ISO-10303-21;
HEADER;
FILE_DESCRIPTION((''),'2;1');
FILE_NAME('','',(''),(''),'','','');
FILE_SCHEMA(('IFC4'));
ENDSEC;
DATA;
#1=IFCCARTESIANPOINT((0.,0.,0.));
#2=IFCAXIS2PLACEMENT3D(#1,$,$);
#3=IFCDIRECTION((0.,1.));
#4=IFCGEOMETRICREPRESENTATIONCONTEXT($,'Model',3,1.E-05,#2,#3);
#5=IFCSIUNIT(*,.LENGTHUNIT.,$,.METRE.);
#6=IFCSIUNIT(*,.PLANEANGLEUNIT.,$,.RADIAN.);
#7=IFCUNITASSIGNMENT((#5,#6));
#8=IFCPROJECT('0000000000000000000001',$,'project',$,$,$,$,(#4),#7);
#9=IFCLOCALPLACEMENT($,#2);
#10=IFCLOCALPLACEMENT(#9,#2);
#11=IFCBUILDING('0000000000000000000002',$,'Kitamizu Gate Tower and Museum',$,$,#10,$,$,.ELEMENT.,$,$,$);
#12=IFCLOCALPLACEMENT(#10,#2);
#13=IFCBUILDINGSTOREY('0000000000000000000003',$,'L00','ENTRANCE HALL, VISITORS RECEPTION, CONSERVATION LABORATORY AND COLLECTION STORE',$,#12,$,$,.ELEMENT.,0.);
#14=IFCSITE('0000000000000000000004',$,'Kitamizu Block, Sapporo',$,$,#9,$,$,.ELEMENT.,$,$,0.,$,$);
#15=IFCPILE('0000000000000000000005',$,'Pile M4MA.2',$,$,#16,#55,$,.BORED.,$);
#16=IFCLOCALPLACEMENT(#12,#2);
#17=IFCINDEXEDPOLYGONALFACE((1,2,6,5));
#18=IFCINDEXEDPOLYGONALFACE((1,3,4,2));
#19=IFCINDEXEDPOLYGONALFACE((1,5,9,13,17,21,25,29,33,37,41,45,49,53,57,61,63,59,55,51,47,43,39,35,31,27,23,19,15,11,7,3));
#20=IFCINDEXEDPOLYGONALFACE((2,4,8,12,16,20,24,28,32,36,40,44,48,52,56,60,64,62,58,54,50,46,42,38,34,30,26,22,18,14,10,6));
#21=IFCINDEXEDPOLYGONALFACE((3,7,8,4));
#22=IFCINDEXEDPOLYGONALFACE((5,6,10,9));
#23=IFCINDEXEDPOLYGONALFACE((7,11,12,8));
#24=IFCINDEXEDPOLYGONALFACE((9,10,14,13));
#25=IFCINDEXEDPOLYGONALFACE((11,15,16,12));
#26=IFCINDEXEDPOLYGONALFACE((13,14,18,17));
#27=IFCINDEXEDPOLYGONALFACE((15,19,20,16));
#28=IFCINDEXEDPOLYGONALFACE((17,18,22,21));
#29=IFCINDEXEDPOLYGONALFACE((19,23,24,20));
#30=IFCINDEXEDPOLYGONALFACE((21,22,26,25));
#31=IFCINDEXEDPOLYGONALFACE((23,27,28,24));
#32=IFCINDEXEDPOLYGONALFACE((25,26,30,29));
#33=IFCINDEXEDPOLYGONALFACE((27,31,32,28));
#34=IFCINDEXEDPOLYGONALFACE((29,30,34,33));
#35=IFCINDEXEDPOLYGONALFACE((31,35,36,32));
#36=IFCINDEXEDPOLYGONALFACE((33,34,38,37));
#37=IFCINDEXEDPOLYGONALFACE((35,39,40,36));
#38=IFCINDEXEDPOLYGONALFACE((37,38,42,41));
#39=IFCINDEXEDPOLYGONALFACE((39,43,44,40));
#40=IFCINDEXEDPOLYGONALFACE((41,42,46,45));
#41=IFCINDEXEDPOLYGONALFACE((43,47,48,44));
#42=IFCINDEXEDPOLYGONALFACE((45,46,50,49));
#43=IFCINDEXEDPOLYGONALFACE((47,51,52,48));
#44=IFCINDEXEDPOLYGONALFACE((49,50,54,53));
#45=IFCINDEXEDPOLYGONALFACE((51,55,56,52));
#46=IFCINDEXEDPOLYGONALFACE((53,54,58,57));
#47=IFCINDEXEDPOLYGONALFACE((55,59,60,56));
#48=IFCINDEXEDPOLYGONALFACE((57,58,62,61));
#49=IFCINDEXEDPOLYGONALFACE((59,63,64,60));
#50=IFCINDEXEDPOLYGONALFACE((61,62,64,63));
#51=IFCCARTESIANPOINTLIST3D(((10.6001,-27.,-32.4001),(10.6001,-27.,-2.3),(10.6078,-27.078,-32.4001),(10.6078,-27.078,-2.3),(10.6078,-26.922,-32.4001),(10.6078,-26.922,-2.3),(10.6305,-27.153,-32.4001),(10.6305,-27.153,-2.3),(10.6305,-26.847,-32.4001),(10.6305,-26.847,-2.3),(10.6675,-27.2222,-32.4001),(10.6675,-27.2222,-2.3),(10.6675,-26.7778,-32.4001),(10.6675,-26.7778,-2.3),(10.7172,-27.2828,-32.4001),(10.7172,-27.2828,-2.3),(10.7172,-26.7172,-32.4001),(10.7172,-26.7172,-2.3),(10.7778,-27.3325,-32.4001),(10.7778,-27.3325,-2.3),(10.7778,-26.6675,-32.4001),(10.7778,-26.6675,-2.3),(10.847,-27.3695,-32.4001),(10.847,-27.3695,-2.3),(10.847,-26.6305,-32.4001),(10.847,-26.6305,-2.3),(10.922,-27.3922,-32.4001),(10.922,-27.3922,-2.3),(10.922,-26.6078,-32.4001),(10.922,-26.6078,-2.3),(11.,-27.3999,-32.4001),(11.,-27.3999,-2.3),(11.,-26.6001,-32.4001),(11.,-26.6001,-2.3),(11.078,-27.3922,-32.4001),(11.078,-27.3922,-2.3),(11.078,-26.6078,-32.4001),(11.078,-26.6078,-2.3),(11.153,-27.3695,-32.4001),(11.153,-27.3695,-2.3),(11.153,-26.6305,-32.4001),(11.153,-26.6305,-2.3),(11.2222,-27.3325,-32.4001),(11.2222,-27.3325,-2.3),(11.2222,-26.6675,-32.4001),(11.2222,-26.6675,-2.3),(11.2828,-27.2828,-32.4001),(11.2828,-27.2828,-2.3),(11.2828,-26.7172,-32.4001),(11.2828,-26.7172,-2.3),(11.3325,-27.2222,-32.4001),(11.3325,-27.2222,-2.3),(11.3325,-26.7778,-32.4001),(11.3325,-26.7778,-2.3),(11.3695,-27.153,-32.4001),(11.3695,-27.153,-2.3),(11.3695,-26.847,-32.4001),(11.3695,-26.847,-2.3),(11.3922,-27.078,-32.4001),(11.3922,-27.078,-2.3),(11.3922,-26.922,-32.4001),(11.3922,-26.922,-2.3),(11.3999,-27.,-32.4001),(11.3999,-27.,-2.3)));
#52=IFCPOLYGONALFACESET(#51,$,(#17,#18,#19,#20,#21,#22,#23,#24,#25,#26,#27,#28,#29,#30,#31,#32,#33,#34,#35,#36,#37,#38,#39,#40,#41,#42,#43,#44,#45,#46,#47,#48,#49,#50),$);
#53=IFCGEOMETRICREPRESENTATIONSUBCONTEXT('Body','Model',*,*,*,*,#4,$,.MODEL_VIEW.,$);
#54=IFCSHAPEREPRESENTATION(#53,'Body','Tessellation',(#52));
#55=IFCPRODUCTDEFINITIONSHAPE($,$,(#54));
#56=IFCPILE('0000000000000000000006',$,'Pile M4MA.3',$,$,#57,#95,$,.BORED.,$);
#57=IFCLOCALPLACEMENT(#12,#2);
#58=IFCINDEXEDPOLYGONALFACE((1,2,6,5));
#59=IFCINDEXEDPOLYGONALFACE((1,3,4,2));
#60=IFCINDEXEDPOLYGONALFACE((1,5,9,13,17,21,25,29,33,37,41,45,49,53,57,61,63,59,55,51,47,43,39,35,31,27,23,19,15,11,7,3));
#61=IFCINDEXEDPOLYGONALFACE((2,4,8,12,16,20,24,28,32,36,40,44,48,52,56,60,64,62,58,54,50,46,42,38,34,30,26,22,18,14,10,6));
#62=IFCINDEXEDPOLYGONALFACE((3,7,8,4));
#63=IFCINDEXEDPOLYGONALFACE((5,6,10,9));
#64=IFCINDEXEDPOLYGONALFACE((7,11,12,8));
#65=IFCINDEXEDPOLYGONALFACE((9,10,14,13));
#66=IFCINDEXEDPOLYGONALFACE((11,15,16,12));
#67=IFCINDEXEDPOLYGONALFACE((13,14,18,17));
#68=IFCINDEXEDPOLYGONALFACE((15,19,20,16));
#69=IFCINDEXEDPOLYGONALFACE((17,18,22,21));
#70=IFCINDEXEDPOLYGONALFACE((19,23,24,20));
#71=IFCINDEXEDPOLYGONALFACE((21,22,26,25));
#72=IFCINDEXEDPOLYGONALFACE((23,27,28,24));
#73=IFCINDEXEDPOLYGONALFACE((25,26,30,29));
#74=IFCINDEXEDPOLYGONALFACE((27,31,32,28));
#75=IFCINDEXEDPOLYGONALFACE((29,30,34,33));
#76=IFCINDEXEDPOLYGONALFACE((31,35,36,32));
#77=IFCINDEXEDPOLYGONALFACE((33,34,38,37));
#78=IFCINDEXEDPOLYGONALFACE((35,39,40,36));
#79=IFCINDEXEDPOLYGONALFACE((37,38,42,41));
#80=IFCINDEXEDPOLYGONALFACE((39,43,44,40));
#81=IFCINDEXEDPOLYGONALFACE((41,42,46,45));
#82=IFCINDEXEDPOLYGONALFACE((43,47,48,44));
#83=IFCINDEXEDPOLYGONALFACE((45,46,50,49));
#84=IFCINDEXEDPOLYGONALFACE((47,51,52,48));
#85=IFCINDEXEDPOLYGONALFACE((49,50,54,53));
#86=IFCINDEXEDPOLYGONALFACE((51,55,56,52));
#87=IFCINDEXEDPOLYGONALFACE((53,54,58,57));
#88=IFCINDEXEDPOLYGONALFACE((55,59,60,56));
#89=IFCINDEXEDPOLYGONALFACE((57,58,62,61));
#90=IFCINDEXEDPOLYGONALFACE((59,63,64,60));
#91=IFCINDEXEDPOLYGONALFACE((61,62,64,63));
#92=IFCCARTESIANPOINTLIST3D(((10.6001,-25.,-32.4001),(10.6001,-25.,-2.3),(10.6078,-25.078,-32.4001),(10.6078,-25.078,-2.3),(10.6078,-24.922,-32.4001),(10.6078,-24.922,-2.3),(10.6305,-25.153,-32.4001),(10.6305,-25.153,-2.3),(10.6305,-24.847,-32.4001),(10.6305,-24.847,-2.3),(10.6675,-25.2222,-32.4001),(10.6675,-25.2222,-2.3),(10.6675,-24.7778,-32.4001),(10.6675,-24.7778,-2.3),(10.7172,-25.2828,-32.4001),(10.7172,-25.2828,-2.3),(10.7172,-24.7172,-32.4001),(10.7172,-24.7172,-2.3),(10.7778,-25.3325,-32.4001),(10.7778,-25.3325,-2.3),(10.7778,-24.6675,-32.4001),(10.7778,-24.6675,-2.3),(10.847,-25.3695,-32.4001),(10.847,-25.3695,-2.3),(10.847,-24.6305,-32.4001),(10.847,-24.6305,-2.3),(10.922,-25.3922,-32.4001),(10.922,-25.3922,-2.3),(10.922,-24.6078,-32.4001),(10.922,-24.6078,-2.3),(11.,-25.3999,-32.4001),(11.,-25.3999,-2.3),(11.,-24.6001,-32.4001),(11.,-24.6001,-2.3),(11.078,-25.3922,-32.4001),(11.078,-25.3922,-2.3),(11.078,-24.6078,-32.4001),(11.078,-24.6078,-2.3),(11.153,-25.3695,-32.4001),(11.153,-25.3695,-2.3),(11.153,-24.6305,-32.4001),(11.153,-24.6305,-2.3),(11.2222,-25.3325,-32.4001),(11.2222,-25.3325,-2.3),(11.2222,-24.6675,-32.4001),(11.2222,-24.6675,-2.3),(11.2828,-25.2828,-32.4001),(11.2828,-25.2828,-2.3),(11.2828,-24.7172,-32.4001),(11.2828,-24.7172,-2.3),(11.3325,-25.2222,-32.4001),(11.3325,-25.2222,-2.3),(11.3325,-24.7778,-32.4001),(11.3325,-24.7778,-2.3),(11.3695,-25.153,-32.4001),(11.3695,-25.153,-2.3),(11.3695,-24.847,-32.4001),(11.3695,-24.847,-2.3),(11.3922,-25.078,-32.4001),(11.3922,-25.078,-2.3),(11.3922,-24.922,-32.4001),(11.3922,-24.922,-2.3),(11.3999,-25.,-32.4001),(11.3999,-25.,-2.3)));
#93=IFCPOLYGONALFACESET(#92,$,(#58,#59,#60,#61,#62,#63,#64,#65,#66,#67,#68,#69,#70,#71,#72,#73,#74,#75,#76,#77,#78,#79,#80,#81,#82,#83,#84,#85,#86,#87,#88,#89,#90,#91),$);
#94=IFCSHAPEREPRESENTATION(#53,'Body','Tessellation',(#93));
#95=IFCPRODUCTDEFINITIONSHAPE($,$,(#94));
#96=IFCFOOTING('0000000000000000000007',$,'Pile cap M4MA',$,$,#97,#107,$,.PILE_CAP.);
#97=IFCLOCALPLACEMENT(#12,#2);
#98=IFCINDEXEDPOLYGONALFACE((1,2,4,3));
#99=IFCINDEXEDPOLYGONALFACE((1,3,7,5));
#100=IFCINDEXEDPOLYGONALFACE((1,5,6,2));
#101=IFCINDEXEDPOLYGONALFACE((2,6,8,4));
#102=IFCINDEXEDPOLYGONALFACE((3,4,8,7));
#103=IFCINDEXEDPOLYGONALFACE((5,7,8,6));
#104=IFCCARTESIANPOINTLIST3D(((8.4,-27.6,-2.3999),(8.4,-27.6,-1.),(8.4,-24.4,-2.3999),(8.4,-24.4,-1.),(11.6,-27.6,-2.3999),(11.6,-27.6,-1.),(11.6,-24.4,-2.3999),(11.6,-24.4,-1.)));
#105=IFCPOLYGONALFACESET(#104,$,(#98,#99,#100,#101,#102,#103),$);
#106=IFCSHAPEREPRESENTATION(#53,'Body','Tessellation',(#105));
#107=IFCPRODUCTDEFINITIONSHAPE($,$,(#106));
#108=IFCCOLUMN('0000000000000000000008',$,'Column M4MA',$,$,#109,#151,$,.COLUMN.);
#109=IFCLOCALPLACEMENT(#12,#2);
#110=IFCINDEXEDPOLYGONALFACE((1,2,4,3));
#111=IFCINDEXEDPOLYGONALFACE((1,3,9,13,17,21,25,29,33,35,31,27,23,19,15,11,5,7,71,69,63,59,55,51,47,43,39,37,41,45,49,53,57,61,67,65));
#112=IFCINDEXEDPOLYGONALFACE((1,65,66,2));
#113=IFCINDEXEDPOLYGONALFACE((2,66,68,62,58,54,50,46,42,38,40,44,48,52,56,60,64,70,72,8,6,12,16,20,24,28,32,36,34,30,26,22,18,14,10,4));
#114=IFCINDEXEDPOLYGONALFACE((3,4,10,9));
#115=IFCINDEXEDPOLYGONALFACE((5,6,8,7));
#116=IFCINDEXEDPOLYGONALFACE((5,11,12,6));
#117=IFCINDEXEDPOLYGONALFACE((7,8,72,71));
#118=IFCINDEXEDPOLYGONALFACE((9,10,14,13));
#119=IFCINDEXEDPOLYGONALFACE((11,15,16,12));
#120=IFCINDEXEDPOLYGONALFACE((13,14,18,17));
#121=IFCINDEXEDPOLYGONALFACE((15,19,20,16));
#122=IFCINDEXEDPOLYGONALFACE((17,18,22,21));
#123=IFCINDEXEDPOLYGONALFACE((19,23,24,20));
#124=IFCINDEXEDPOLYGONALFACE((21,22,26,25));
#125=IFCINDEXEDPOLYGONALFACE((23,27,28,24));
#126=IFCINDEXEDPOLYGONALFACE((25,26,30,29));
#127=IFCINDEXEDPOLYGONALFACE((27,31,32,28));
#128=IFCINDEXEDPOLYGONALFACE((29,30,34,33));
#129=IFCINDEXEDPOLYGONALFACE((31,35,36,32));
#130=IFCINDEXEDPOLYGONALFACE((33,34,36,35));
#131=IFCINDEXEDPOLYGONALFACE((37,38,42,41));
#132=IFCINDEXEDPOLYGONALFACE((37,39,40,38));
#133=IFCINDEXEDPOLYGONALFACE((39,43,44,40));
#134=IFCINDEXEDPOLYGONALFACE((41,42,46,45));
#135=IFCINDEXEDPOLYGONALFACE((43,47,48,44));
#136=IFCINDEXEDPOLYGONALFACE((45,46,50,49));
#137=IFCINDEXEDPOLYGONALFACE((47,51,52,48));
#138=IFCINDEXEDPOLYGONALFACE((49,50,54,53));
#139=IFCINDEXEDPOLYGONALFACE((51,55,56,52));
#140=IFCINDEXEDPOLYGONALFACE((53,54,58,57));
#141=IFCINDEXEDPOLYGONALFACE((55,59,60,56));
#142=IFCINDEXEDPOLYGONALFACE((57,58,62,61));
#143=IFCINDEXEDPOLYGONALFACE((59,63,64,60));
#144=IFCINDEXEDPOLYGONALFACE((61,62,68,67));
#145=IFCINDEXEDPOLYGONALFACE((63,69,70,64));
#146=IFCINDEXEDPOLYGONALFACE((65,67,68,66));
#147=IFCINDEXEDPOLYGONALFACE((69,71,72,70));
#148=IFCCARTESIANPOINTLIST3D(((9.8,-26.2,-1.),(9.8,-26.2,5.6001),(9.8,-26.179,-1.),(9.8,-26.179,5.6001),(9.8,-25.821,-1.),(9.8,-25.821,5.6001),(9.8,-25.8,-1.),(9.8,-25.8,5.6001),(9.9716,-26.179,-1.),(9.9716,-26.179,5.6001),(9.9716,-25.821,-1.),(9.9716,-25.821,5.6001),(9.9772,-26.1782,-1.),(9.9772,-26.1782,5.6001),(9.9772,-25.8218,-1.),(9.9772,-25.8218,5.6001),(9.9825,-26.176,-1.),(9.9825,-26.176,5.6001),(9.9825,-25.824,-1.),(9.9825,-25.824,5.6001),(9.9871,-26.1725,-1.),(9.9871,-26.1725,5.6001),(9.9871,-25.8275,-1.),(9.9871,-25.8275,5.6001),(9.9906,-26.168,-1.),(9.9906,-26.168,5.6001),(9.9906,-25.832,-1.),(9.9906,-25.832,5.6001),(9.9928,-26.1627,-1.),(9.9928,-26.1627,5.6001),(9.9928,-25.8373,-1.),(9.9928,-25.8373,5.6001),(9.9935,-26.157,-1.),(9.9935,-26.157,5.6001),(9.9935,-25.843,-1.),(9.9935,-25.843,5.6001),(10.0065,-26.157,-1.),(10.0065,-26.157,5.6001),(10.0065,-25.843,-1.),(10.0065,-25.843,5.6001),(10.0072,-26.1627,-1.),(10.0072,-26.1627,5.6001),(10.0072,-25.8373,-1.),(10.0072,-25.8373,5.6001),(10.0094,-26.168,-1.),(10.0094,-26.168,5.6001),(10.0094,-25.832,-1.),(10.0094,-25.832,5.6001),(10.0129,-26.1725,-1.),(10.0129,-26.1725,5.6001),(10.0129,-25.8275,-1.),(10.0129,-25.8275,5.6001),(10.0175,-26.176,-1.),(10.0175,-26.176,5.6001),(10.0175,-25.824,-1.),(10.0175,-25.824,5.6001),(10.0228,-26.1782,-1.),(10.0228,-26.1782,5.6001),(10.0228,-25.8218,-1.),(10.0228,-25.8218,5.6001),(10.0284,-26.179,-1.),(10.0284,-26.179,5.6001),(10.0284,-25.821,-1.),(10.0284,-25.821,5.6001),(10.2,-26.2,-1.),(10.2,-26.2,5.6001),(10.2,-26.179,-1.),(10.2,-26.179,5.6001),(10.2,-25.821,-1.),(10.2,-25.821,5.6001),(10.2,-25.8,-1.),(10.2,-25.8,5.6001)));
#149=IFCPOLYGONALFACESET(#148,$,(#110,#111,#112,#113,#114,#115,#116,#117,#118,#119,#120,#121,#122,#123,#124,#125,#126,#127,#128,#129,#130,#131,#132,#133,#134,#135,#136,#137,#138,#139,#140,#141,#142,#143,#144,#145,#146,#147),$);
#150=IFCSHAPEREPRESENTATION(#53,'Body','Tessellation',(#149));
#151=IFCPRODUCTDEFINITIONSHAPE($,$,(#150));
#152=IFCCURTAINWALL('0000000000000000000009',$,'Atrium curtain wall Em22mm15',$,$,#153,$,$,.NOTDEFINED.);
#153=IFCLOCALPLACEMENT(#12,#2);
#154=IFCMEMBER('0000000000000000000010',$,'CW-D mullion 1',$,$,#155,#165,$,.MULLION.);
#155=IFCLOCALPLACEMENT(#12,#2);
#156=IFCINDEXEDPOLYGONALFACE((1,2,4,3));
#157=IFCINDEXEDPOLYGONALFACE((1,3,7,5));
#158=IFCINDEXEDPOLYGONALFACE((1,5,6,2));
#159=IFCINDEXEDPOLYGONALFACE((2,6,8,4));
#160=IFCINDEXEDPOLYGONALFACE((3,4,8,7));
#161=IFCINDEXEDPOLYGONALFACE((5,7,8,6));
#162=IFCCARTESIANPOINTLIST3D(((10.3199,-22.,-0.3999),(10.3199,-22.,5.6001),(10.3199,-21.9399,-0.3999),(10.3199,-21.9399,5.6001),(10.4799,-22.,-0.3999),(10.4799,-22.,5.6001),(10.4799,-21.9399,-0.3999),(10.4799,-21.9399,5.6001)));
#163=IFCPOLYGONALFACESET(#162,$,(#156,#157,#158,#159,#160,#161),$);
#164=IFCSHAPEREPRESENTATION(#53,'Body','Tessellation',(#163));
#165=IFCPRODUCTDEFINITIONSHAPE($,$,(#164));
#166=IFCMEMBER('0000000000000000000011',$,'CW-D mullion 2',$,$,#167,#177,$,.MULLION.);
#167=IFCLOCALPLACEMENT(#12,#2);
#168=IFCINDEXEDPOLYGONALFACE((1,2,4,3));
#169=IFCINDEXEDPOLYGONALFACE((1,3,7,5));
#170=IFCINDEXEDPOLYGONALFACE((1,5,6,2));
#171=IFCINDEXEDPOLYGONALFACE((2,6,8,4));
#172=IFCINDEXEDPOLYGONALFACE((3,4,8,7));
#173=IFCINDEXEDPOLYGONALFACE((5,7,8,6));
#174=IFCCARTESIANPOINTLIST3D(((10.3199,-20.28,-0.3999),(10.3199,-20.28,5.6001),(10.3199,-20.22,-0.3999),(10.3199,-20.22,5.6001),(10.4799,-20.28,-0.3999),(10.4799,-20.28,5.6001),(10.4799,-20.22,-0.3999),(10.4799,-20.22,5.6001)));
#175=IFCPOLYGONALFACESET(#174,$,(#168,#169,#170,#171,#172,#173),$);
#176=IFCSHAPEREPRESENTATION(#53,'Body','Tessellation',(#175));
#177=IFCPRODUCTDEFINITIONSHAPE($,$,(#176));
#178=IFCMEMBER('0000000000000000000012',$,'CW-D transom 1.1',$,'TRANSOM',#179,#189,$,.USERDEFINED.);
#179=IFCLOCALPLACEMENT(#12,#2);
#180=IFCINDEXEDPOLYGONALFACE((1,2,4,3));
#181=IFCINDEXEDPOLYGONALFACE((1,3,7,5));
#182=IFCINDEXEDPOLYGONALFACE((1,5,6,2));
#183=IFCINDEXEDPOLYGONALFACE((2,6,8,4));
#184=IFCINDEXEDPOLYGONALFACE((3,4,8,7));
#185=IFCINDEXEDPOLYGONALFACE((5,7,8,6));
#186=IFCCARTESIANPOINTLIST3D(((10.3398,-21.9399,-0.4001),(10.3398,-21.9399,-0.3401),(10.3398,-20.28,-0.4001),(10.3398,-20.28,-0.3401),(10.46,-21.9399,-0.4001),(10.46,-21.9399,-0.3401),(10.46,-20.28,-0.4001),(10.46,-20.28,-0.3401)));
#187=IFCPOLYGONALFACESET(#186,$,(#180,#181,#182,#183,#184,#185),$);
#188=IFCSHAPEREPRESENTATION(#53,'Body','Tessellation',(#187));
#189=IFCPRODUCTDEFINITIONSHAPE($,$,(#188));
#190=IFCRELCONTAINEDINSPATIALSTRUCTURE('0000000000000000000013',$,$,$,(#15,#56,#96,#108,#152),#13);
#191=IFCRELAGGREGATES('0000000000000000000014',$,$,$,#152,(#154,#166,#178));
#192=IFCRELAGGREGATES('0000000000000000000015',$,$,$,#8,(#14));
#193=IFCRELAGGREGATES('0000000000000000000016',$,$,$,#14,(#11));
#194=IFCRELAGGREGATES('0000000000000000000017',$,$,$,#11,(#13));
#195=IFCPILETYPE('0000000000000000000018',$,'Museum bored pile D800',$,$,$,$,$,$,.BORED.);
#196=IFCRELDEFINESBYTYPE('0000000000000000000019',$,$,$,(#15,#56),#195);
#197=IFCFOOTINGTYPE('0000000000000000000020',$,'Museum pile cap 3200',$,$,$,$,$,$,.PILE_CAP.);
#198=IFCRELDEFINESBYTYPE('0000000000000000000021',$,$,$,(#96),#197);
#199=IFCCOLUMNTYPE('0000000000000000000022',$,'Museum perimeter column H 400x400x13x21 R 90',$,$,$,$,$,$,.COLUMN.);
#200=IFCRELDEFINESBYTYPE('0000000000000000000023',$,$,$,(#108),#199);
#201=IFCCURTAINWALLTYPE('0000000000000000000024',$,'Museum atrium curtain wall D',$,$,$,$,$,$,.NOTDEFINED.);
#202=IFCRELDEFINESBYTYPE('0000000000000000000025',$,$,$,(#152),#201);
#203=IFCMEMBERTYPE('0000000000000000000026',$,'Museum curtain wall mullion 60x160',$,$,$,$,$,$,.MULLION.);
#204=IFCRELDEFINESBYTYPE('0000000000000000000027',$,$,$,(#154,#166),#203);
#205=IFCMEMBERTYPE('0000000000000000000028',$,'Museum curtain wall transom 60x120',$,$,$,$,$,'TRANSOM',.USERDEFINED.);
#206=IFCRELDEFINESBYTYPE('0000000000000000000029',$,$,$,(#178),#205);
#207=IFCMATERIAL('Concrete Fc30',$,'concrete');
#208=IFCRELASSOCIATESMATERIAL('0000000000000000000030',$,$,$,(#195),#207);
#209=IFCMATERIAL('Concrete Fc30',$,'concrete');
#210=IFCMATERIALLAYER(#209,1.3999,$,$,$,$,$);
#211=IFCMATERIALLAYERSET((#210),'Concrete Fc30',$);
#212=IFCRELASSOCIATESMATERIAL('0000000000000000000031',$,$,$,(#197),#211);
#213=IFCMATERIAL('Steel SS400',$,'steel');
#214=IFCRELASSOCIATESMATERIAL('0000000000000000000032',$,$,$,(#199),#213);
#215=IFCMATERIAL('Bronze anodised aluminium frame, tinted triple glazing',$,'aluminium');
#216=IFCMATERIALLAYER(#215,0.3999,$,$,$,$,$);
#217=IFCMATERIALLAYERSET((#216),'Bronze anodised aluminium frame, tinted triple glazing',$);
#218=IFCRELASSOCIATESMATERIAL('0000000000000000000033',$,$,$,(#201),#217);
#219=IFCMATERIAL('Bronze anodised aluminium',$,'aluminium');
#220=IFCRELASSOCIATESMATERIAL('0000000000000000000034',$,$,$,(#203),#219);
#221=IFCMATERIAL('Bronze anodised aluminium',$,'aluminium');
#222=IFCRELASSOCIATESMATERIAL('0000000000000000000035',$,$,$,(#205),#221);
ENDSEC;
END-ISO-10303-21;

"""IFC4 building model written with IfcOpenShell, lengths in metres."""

from ifc_helpers import new_model, si_unit, direction, frame, origin, origin_2d, place, context, subcontext, project, spatial, rectangle, circle, i_section, extrude, material, layer, layer_set, material_profile, profile_set, type_object, element, aggregate, save


model = new_model("IFC4")

# Units and contexts
model_context = context("Model", 3, precision=1e-05, world=origin(), true_north=direction((0.0, 1.0)))
body_context = subcontext(model_context, "Body", "Model", "MODEL_VIEW")
ifc_project = project(units=[si_unit("LENGTHUNIT", "METRE"), si_unit("PLANEANGLEUNIT", "RADIAN")], contexts=[model_context])

# Site, building, storey
site_placement = place(None, origin())
site = spatial("IfcSite", under=ifc_project, at=site_placement, Name="Kitamizu Block, Sapporo", CompositionType="ELEMENT", RefElevation=0.0)
building_placement = place(site_placement, origin())
building = spatial("IfcBuilding", under=site, at=building_placement, Name="Kitamizu Gate Tower and Museum", CompositionType="ELEMENT")
storey_placement = place(building_placement, origin())
storey = spatial("IfcBuildingStorey", under=building, at=storey_placement, Name="L00", Description="ENTRANCE HALL, VISITORS RECEPTION, CONSERVATION LABORATORY AND COLLECTION STORE", CompositionType="ELEMENT", Elevation=0.0)

# Piles
ifc_material_1 = material(Name="Concrete Fc30", Category="concrete")
ifc_material_profile_1 = material_profile(ifc_material_1, circle(Radius=0.3999, at=origin_2d()), Name="D800")
ifc_profile_set_1 = profile_set([ifc_material_profile_1], Name="Concrete Fc30")
pile_type = type_object("IfcPileType", Name="Museum bored pile D800", PredefinedType="BORED", material=ifc_profile_set_1)
for number, where, z_axis, x_axis, name in (
    (1, (11.0, -27.0, -2.3), (0.0, 0.0, -1.0), (1.0, 0.0, 0.0), "Pile M4MA.2"),
    (2, (11.0, -25.0, -2.3), (0.0, 0.0, -1.0), (1.0, 0.0, 0.0), "Pile M4MA.3"),
):
    element("IfcPile", number, at=place(storey_placement, frame(where, z_axis=z_axis, x_axis=x_axis)), inside=storey, type_object=pile_type, Name=name, PredefinedType="BORED", context=body_context, shape_type="SweptSolid", body=[
        extrude(circle(Radius=0.3999, at=origin_2d()), origin(), (0.0, 0.0, 1.0), 30.1001),
    ])

# Footing
ifc_material_2 = material(Name="Concrete Fc30", Category="concrete")
ifc_layer_1 = layer(ifc_material_2, 1.3999)
ifc_layer_set_1 = layer_set([ifc_layer_1], Name="Concrete Fc30")
footing_type = type_object("IfcFootingType", Name="Museum pile cap 3200", PredefinedType="PILE_CAP", material=ifc_layer_set_1)
footing_placement = place(storey_placement, frame((10.0, -26.0, -2.3999), z_axis=(0.0, 0.0, 1.0), x_axis=(1.0, 0.0, 0.0)))
element("IfcFooting", 3, at=footing_placement, inside=storey, type_object=footing_type, Name="Pile cap M4MA", PredefinedType="PILE_CAP", context=body_context, shape_type="SweptSolid", body=[
    extrude(rectangle(XDim=3.2, YDim=3.2, at=origin_2d()), origin(), (0.0, 0.0, 1.0), 1.3999),
])

# Column
ifc_material_3 = material(Name="Steel SS400", Category="steel")
ifc_material_profile_2 = material_profile(ifc_material_3, i_section(OverallWidth=0.3999, OverallDepth=0.3999, WebThickness=0.0129, FlangeThickness=0.021, FilletRadius=0.022, at=origin_2d()), Name="H-400x400x13x21")
ifc_profile_set_2 = profile_set([ifc_material_profile_2], Name="Steel SS400")
column_type = type_object("IfcColumnType", Name="Museum perimeter column H 400x400x13x21 R 90", PredefinedType="COLUMN", material=ifc_profile_set_2)
column_placement = place(storey_placement, frame((10.0, -26.0, -1.0), z_axis=(0.0, 0.0, 1.0), x_axis=(1.0, 0.0, 0.0)))
element("IfcColumn", 4, at=column_placement, inside=storey, type_object=column_type, Name="Column M4MA", PredefinedType="COLUMN", context=body_context, shape_type="SweptSolid", body=[
    extrude(i_section(OverallWidth=0.3999, OverallDepth=0.3999, WebThickness=0.0129, FlangeThickness=0.021, FilletRadius=0.022, at=origin_2d()), origin(), (0.0, 0.0, 1.0), 6.6001),
])

# Curtain wall, members
ifc_material_4 = material(Name="Bronze anodised aluminium frame, tinted triple glazing", Category="aluminium")
ifc_layer_2 = layer(ifc_material_4, 0.3999)
ifc_layer_set_2 = layer_set([ifc_layer_2], Name="Bronze anodised aluminium frame, tinted triple glazing")
curtain_wall_type = type_object("IfcCurtainWallType", Name="Museum atrium curtain wall D", PredefinedType="NOTDEFINED", material=ifc_layer_set_2)
curtain_wall_placement = place(storey_placement, origin())
curtain_wall = element("IfcCurtainWall", 5, at=curtain_wall_placement, inside=storey, type_object=curtain_wall_type, Name="Atrium curtain wall Em22mm15", PredefinedType="NOTDEFINED")
ifc_material_5 = material(Name="Bronze anodised aluminium", Category="aluminium")
ifc_material_profile_3 = material_profile(ifc_material_5, rectangle(XDim=0.0601, YDim=0.1599, at=origin_2d()), Name="60x160")
ifc_profile_set_3 = profile_set([ifc_material_profile_3], Name="Bronze anodised aluminium")
member_type_1 = type_object("IfcMemberType", Name="Museum curtain wall mullion 60x160", PredefinedType="MULLION", material=ifc_profile_set_3)
member_1_placement = place(storey_placement, frame((10.3999, -21.97, -0.3999), z_axis=(0.0, 0.0, 1.0), x_axis=(0.0, 1.0, 0.0)))
member_1 = element("IfcMember", 6, at=member_1_placement, type_object=member_type_1, Name="CW-D mullion 1", PredefinedType="MULLION", context=body_context, shape_type="SweptSolid", body=[
    extrude(rectangle(XDim=0.0601, YDim=0.1599, at=origin_2d()), origin(), (0.0, 0.0, 1.0), 6.0),
])
member_2_placement = place(storey_placement, frame((10.3999, -20.25, -0.3999), z_axis=(0.0, 0.0, 1.0), x_axis=(0.0, 1.0, 0.0)))
member_2 = element("IfcMember", 7, at=member_2_placement, type_object=member_type_1, Name="CW-D mullion 2", PredefinedType="MULLION", context=body_context, shape_type="SweptSolid", body=[
    extrude(rectangle(XDim=0.0601, YDim=0.1599, at=origin_2d()), origin(), (0.0, 0.0, 1.0), 6.0),
])
ifc_material_6 = material(Name="Bronze anodised aluminium", Category="aluminium")
ifc_material_profile_4 = material_profile(ifc_material_6, rectangle(XDim=0.1201, YDim=0.0601, at=origin_2d()), Name="120x60")
ifc_profile_set_4 = profile_set([ifc_material_profile_4], Name="Bronze anodised aluminium")
member_type_2 = type_object("IfcMemberType", Name="Museum curtain wall transom 60x120", ElementType="TRANSOM", PredefinedType="USERDEFINED", material=ifc_profile_set_4)
member_3_placement = place(storey_placement, frame((10.3999, -21.9399, -0.3701), z_axis=(0.0, 1.0, 0.0), x_axis=(-1.0, 0.0, 0.0)))
member_3 = element("IfcMember", 8, at=member_3_placement, type_object=member_type_2, Name="CW-D transom 1.1", ObjectType="TRANSOM", PredefinedType="USERDEFINED", context=body_context, shape_type="SweptSolid", body=[
    extrude(rectangle(XDim=0.1201, YDim=0.0601, at=origin_2d()), origin(), (0.0, 0.0, 1.0), 1.6599),
])
aggregate(curtain_wall, [member_1, member_2, member_3])

save(model, "model.ifc")
